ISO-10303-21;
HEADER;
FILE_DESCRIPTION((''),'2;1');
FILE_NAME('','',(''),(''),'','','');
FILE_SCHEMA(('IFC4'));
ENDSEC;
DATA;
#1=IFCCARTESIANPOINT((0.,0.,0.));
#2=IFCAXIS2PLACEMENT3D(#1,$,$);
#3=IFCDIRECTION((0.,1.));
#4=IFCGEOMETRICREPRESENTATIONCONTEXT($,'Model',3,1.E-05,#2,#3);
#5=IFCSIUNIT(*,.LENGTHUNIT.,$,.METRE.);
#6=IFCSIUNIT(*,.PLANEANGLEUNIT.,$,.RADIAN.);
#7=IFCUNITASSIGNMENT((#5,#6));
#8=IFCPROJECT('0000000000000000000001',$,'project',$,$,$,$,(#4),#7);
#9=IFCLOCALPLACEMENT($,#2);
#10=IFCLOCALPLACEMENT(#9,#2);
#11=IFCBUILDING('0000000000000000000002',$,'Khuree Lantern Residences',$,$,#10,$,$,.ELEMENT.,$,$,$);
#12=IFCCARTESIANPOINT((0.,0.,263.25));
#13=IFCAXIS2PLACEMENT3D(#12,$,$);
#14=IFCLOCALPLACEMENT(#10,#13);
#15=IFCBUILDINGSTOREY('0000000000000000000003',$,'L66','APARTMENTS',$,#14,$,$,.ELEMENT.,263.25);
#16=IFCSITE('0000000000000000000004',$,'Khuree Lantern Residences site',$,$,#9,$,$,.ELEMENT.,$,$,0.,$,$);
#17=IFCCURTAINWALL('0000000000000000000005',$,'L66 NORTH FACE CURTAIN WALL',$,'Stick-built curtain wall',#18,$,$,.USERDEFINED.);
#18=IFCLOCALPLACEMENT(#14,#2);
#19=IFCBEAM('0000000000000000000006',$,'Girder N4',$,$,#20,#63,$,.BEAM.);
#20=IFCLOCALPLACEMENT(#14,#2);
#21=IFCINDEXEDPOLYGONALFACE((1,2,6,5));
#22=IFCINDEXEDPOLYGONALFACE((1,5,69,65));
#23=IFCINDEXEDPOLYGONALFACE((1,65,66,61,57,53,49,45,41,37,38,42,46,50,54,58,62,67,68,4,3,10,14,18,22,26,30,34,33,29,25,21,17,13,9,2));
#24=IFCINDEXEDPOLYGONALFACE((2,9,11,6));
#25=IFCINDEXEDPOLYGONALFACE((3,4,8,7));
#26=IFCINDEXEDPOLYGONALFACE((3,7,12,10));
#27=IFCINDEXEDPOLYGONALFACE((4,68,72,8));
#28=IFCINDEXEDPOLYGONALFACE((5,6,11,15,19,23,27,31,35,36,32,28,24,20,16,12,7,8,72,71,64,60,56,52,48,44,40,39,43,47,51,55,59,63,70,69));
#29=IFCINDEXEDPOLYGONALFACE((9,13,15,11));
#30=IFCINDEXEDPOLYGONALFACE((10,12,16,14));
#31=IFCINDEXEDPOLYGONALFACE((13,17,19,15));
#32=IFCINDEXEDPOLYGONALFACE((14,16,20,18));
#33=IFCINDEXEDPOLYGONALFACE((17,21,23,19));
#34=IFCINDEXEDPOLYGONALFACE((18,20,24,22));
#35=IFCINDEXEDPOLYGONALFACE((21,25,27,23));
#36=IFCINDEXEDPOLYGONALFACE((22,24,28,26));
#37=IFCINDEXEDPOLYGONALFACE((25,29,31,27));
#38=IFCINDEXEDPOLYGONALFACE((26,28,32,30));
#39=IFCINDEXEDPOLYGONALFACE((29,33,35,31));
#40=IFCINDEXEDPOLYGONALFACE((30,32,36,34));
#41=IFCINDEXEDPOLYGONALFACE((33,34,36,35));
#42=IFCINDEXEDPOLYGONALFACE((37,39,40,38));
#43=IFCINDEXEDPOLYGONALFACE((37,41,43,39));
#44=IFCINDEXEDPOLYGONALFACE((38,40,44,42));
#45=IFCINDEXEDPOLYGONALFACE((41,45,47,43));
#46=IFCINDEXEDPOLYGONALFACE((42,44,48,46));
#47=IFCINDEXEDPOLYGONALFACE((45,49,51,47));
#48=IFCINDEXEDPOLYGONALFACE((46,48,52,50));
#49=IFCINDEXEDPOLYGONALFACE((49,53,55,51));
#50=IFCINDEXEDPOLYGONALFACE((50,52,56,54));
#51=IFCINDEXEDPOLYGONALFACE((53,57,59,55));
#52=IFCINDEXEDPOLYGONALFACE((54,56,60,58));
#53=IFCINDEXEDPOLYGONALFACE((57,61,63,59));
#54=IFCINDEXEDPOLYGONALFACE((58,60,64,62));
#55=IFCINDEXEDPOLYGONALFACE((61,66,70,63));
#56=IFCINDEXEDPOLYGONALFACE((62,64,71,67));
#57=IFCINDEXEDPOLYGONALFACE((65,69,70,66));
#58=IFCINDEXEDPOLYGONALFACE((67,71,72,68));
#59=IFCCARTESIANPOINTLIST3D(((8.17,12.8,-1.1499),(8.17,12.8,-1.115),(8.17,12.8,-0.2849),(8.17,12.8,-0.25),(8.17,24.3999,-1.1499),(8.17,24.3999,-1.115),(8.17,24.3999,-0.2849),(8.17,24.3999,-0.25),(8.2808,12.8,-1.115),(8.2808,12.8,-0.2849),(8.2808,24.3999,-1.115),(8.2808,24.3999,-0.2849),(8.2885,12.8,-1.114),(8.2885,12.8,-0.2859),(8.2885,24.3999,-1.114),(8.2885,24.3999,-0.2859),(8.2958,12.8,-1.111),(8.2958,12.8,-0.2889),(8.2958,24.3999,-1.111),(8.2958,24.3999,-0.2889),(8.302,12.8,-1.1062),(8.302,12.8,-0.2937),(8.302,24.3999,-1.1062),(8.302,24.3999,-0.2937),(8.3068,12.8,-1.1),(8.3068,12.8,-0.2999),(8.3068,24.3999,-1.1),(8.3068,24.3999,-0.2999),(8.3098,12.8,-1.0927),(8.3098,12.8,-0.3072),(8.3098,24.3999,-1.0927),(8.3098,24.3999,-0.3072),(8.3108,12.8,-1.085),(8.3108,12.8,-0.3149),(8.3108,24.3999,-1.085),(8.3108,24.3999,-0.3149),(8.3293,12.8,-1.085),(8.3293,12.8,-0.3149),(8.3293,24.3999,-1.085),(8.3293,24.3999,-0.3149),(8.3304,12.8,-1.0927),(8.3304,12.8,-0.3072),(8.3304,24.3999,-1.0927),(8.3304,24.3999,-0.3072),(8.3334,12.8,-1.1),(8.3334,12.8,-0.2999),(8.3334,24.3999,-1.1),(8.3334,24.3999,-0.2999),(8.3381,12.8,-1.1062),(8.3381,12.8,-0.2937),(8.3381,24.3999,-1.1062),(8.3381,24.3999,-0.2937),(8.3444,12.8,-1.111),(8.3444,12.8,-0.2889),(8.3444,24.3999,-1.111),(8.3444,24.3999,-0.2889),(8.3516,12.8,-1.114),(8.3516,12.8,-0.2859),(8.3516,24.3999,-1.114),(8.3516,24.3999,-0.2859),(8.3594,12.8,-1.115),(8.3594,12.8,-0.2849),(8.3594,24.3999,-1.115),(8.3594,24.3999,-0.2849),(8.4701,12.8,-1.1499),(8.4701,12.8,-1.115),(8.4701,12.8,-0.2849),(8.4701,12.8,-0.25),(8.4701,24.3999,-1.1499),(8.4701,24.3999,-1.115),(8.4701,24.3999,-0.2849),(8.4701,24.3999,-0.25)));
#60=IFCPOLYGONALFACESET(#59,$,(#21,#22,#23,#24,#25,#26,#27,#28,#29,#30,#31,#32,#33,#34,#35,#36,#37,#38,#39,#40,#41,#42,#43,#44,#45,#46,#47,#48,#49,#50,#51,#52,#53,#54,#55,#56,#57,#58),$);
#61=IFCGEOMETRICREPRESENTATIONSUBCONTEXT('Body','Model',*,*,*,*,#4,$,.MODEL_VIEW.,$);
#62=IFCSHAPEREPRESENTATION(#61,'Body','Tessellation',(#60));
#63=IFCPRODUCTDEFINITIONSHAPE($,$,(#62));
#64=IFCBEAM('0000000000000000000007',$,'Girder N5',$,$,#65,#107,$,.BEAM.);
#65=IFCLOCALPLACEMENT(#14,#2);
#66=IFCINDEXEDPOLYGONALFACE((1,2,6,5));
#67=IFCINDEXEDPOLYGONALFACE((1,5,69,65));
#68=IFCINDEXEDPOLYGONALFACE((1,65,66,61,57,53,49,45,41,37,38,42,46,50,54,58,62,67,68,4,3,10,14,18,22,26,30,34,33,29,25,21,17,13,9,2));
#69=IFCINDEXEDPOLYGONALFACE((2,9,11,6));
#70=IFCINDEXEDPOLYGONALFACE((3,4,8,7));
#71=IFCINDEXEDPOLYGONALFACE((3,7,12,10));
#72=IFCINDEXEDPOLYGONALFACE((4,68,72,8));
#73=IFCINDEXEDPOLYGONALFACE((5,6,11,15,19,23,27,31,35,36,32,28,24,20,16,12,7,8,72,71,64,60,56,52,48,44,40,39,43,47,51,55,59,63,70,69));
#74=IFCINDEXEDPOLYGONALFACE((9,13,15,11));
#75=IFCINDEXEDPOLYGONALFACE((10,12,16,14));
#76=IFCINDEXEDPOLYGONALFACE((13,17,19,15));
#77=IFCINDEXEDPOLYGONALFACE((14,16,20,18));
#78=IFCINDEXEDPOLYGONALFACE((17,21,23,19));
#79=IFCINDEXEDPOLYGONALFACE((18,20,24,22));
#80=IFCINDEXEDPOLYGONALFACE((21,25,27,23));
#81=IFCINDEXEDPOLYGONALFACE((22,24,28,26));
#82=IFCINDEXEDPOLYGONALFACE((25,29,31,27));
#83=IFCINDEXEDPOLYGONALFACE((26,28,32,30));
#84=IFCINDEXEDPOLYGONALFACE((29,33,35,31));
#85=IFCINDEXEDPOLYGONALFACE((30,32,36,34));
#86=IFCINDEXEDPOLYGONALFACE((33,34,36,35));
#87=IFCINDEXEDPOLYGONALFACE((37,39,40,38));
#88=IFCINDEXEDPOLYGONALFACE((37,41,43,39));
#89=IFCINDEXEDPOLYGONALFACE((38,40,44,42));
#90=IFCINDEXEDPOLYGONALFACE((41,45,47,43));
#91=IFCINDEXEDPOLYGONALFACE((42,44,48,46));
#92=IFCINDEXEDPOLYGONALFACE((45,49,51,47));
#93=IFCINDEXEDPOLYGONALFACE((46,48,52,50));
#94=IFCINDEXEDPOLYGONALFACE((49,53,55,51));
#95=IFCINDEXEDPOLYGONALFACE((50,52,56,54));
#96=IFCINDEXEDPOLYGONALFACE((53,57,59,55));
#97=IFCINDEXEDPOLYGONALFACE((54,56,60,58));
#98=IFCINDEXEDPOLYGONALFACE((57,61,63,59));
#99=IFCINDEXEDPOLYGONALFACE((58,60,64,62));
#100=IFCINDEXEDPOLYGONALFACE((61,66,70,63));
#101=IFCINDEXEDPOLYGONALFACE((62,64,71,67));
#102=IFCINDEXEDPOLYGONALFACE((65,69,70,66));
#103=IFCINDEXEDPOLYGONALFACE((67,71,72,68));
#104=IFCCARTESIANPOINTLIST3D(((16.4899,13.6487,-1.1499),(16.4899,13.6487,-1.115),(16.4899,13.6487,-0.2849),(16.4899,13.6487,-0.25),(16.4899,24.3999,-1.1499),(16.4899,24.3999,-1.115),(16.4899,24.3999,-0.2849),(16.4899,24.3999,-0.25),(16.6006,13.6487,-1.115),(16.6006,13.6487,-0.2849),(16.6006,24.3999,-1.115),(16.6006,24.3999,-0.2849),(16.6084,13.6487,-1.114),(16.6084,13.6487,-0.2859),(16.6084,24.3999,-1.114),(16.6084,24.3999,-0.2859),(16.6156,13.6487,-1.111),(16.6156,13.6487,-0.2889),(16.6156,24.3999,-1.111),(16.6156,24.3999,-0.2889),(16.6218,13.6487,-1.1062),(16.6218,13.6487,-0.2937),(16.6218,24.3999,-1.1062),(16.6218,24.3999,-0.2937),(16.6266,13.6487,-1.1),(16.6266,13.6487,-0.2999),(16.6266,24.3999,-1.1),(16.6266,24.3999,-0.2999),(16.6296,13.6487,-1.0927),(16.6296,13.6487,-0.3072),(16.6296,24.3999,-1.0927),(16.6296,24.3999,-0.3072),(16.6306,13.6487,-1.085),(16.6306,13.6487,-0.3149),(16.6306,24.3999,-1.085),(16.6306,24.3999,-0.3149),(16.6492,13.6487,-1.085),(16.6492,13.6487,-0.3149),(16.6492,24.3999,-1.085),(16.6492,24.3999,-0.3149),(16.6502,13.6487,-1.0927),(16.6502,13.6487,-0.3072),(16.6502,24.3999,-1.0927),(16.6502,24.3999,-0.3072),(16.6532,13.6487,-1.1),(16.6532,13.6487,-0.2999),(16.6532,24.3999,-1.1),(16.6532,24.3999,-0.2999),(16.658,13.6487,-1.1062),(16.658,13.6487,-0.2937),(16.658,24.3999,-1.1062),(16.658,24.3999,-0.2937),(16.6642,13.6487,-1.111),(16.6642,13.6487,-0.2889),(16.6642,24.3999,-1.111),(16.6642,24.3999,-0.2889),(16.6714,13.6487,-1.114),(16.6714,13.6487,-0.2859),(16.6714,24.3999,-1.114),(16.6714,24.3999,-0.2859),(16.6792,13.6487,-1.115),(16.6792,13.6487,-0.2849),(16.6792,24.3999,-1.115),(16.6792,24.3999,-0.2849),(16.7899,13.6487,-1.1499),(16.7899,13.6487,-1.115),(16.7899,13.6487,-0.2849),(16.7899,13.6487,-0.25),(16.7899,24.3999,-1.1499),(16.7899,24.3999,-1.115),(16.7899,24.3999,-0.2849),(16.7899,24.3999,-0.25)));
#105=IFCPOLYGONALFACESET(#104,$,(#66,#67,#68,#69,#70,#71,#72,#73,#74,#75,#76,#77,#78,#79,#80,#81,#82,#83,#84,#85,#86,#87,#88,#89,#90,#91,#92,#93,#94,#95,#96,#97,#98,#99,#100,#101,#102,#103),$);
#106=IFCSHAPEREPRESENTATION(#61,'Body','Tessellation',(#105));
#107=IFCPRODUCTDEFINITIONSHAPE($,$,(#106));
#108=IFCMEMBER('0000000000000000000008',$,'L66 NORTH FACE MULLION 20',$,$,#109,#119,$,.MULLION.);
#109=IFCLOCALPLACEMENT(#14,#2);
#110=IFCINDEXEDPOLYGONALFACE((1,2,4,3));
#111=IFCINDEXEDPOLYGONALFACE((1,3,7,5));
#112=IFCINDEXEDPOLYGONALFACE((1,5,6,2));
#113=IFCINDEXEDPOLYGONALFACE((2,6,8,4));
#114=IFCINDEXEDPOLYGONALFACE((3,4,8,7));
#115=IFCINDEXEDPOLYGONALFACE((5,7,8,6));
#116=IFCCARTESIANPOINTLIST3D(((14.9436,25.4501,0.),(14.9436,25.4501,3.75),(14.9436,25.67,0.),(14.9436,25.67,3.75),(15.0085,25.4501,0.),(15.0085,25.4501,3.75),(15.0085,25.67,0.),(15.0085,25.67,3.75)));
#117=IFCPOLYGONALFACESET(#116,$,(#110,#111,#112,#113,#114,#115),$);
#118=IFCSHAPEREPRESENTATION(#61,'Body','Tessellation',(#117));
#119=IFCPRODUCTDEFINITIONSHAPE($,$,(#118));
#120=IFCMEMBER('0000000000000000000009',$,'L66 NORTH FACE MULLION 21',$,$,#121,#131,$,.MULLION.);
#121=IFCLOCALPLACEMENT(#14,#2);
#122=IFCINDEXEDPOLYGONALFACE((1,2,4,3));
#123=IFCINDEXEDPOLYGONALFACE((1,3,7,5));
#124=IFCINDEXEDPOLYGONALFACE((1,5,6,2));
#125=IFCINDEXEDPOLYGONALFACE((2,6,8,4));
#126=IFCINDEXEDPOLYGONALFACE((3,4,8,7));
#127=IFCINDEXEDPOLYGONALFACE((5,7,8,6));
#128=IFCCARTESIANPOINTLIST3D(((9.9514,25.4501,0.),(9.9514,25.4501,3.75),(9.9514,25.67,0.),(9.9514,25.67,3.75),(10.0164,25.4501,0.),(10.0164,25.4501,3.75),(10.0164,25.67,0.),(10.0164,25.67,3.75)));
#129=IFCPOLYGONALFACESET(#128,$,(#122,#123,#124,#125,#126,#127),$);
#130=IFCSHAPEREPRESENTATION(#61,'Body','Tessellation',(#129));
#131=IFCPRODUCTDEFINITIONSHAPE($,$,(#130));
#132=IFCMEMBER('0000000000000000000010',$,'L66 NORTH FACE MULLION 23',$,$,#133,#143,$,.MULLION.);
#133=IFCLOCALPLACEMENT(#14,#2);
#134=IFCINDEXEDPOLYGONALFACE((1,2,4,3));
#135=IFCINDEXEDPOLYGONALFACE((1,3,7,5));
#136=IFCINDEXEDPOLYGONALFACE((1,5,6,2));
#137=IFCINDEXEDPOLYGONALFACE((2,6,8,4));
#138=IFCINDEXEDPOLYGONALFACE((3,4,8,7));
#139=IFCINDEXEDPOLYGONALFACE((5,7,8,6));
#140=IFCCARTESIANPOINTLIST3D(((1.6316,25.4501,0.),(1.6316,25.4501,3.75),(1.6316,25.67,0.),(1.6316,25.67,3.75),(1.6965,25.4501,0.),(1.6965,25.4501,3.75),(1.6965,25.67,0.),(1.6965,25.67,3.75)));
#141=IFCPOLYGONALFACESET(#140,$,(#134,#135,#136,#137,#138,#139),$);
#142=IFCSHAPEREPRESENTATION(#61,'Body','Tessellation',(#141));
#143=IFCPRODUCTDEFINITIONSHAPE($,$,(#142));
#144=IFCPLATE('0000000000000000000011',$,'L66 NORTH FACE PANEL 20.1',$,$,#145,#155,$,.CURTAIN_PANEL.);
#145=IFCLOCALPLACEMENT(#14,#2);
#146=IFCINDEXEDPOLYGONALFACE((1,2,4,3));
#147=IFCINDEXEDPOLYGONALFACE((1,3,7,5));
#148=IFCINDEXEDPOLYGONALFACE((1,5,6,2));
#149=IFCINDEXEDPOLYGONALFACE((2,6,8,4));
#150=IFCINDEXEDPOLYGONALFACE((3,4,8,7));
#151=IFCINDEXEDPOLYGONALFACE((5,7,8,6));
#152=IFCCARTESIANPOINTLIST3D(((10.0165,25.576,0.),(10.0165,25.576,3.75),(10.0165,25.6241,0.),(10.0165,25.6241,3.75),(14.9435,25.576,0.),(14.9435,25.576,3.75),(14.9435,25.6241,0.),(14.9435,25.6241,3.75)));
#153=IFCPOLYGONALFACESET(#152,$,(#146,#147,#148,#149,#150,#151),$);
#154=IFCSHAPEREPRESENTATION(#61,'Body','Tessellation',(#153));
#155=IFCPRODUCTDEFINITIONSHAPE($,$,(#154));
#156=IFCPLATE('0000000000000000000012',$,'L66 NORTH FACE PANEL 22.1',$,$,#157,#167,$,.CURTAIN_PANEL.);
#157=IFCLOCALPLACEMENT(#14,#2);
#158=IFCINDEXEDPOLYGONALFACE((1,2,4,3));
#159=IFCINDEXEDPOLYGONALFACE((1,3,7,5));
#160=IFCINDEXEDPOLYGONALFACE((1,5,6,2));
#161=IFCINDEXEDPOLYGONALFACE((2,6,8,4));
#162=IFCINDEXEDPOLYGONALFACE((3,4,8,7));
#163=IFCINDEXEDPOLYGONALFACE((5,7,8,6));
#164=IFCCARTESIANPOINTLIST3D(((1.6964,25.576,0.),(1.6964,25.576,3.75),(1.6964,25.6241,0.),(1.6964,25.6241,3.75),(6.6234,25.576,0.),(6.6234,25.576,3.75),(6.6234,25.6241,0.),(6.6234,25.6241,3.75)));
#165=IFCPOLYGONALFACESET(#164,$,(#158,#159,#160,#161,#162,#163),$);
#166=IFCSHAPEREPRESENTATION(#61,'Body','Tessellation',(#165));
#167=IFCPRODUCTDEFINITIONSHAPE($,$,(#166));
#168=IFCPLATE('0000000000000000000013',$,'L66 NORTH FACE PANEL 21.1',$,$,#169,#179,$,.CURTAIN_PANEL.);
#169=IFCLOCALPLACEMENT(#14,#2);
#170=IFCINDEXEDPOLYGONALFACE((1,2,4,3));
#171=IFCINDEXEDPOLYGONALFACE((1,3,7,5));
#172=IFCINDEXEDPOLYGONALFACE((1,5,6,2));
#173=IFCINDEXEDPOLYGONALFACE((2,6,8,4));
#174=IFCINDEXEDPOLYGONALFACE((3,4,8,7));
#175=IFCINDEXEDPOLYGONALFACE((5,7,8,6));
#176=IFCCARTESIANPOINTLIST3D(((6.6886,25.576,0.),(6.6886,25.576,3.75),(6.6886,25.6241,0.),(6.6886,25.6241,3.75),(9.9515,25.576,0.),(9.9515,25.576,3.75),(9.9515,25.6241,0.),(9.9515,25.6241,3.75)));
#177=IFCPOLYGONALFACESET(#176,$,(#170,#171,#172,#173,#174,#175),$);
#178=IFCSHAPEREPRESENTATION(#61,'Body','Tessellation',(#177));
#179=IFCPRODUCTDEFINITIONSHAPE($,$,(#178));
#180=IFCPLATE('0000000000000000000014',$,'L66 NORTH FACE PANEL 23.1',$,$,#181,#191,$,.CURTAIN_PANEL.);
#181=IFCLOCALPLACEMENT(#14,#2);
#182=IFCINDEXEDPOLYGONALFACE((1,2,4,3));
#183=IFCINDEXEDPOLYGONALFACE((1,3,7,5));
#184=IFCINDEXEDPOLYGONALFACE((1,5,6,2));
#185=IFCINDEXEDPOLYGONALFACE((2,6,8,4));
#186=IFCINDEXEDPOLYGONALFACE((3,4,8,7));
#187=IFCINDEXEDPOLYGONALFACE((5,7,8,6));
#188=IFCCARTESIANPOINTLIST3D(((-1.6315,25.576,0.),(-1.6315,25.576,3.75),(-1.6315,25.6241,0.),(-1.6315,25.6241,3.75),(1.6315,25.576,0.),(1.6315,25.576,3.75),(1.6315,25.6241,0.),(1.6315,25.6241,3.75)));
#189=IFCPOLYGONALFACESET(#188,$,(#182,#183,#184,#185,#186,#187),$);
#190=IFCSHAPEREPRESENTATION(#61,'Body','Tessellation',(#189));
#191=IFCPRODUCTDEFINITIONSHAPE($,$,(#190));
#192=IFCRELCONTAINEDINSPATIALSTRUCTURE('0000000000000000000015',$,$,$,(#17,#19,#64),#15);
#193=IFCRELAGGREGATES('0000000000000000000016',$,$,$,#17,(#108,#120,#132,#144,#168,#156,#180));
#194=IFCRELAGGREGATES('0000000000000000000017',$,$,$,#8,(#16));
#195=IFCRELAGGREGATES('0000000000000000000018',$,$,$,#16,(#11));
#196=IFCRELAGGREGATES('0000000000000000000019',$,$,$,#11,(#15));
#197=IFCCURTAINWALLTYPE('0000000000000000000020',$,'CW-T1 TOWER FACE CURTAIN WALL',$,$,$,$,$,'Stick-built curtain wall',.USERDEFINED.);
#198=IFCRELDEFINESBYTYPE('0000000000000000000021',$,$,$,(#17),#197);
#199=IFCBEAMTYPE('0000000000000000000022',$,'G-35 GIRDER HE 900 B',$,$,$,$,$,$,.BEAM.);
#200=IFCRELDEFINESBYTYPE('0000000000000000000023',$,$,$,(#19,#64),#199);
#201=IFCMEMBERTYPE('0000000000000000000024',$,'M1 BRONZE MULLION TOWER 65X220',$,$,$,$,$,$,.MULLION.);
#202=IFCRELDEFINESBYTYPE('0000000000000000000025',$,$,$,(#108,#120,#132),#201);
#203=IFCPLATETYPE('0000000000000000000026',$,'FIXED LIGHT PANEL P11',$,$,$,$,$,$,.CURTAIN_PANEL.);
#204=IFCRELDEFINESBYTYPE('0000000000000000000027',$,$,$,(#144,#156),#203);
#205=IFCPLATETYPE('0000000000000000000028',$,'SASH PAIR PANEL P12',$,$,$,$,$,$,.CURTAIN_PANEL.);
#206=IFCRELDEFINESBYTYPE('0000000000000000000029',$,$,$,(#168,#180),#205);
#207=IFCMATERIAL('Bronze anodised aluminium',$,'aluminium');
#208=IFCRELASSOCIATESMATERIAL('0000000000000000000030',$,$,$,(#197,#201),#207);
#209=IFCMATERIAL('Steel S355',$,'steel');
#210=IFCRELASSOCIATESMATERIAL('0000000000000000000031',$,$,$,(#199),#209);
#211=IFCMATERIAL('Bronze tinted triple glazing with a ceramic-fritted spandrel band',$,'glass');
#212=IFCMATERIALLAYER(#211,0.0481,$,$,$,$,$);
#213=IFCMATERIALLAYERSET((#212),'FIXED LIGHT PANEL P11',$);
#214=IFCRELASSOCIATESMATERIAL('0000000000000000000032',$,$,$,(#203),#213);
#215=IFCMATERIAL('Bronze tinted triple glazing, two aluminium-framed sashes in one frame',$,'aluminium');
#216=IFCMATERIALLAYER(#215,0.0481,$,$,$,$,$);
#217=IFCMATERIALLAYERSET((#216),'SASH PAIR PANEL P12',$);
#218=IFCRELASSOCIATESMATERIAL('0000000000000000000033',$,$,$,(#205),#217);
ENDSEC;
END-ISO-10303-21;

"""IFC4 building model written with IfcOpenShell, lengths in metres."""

from ifc_helpers import new_model, si_unit, direction, frame, origin, origin_2d, place, context, subcontext, project, spatial, rectangle, i_section, extrude, material, layer, layer_set, material_profile, profile_set, type_object, element, aggregate, save


model = new_model("IFC4")

# Units and contexts
model_context = context("Model", 3, precision=1e-05, world=origin(), true_north=direction((0.0, 1.0)))
body_context = subcontext(model_context, "Body", "Model", "MODEL_VIEW")
ifc_project = project(units=[si_unit("LENGTHUNIT", "METRE"), si_unit("PLANEANGLEUNIT", "RADIAN")], contexts=[model_context])

# Site, building, storey
site_placement = place(None, origin())
site = spatial("IfcSite", under=ifc_project, at=site_placement, Name="Khuree Lantern Residences site", CompositionType="ELEMENT", RefElevation=0.0)
building_placement = place(site_placement, origin())
building = spatial("IfcBuilding", under=site, at=building_placement, Name="Khuree Lantern Residences", CompositionType="ELEMENT")
storey_placement = place(building_placement, frame((0.0, 0.0, 263.25)))
storey = spatial("IfcBuildingStorey", under=building, at=storey_placement, Name="L66", Description="APARTMENTS", CompositionType="ELEMENT", Elevation=263.25)

# Shared definitions
ifc_material_1 = material(Name="Steel S355", Category="steel")

# Curtain wall
ifc_material_2 = material(Name="Bronze anodised aluminium", Category="aluminium")
curtain_wall_type = type_object("IfcCurtainWallType", Name="CW-T1 TOWER FACE CURTAIN WALL", ElementType="Stick-built curtain wall", PredefinedType="USERDEFINED", material=ifc_material_2)
curtain_wall_placement = place(storey_placement, origin())
curtain_wall = element("IfcCurtainWall", 1, at=curtain_wall_placement, inside=storey, type_object=curtain_wall_type, Name="L66 NORTH FACE CURTAIN WALL", ObjectType="Stick-built curtain wall", PredefinedType="USERDEFINED")

# Beams
ifc_material_profile_1 = material_profile(ifc_material_1, i_section(OverallWidth=0.3, OverallDepth=0.8999, WebThickness=0.0186, FlangeThickness=0.0349, FilletRadius=0.03, at=origin_2d()), Name="HE 900 B")
ifc_profile_set_1 = profile_set([ifc_material_profile_1], Name="Steel S355")
beam_type_1 = type_object("IfcBeamType", Name="G-35 GIRDER HE 900 B", PredefinedType="BEAM", material=ifc_profile_set_1)
for number, where, z_axis, x_axis, name in (
    (2, (8.3201, 24.3999, -0.7), (0.0, -1.0, 0.0), (1.0, 0.0, 0.0), "Girder N4"),
):
    element("IfcBeam", number, at=place(storey_placement, frame(where, z_axis=z_axis, x_axis=x_axis)), inside=storey, type_object=beam_type_1, Name=name, PredefinedType="BEAM", context=body_context, shape_type="SweptSolid", body=[
        extrude(i_section(OverallWidth=0.3, OverallDepth=0.8999, WebThickness=0.0186, FlangeThickness=0.0349, FilletRadius=0.03, at=origin_2d()), origin(), (0.0, 0.0, 1.0), 11.5999),
    ])
beam_1_placement = place(storey_placement, frame((16.6399, 24.3999, -0.7), z_axis=(0.0, -1.0, 0.0), x_axis=(1.0, 0.0, 0.0)))
element("IfcBeam", 3, at=beam_1_placement, inside=storey, type_object=beam_type_1, Name="Girder N5", PredefinedType="BEAM", context=body_context, shape_type="SweptSolid", body=[
    extrude(i_section(OverallWidth=0.3, OverallDepth=0.8999, WebThickness=0.0186, FlangeThickness=0.0349, FilletRadius=0.03, at=origin_2d()), origin(), (0.0, 0.0, 1.0), 10.7512),
])

# Members
ifc_material_profile_2 = material_profile(ifc_material_2, rectangle(XDim=0.0649, YDim=0.22, at=origin_2d()), Name="M1 65X220")
ifc_profile_set_2 = profile_set([ifc_material_profile_2], Name="Bronze anodised aluminium")
member_type_1 = type_object("IfcMemberType", Name="M1 BRONZE MULLION TOWER 65X220", PredefinedType="MULLION", material=ifc_profile_set_2)
member_1_placement = place(storey_placement, frame((14.9761, 25.5601, 0.0), z_axis=(0.0, 0.0, 1.0), x_axis=(-1.0, 0.0, 0.0)))
member_1 = element("IfcMember", 4, at=member_1_placement, type_object=member_type_1, Name="L66 NORTH FACE MULLION 20", PredefinedType="MULLION", context=body_context, shape_type="SweptSolid", body=[
    extrude(rectangle(XDim=0.0649, YDim=0.22, at=origin_2d()), origin(), (0.0, 0.0, 1.0), 3.75),
])
member_2_placement = place(storey_placement, frame((9.9839, 25.5601, 0.0), z_axis=(0.0, 0.0, 1.0), x_axis=(-1.0, 0.0, 0.0)))
member_2 = element("IfcMember", 5, at=member_2_placement, type_object=member_type_1, Name="L66 NORTH FACE MULLION 21", PredefinedType="MULLION", context=body_context, shape_type="SweptSolid", body=[
    extrude(rectangle(XDim=0.0649, YDim=0.22, at=origin_2d()), origin(), (0.0, 0.0, 1.0), 3.75),
])
member_3_placement = place(storey_placement, frame((1.6641, 25.5601, 0.0), z_axis=(0.0, 0.0, 1.0), x_axis=(-1.0, 0.0, 0.0)))
member_3 = element("IfcMember", 6, at=member_3_placement, type_object=member_type_1, Name="L66 NORTH FACE MULLION 23", PredefinedType="MULLION", context=body_context, shape_type="SweptSolid", body=[
    extrude(rectangle(XDim=0.0649, YDim=0.22, at=origin_2d()), origin(), (0.0, 0.0, 1.0), 3.75),
])

# Plates
ifc_material_3 = material(Name="Bronze tinted triple glazing with a ceramic-fritted spandrel band", Category="glass")
ifc_layer_1 = layer(ifc_material_3, 0.0481)
ifc_layer_set_1 = layer_set([ifc_layer_1], Name="FIXED LIGHT PANEL P11")
plate_type_1 = type_object("IfcPlateType", Name="FIXED LIGHT PANEL P11", PredefinedType="CURTAIN_PANEL", material=ifc_layer_set_1)
plate_1_placement = place(storey_placement, frame((12.48, 25.6001, 0.0), z_axis=(0.0, 0.0, 1.0), x_axis=(-1.0, 0.0, 0.0)))
plate_1 = element("IfcPlate", 7, at=plate_1_placement, type_object=plate_type_1, Name="L66 NORTH FACE PANEL 20.1", PredefinedType="CURTAIN_PANEL", context=body_context, shape_type="SweptSolid", body=[
    extrude(rectangle(XDim=4.927, YDim=0.0481, at=origin_2d()), origin(), (0.0, 0.0, 1.0), 3.75),
])
plate_2_placement = place(storey_placement, frame((4.1599, 25.6001, 0.0), z_axis=(0.0, 0.0, 1.0), x_axis=(-1.0, 0.0, 0.0)))
plate_2 = element("IfcPlate", 8, at=plate_2_placement, type_object=plate_type_1, Name="L66 NORTH FACE PANEL 22.1", PredefinedType="CURTAIN_PANEL", context=body_context, shape_type="SweptSolid", body=[
    extrude(rectangle(XDim=4.927, YDim=0.0481, at=origin_2d()), origin(), (0.0, 0.0, 1.0), 3.75),
])
ifc_material_4 = material(Name="Bronze tinted triple glazing, two aluminium-framed sashes in one frame", Category="aluminium")
ifc_layer_2 = layer(ifc_material_4, 0.0481)
ifc_layer_set_2 = layer_set([ifc_layer_2], Name="SASH PAIR PANEL P12")
plate_type_2 = type_object("IfcPlateType", Name="SASH PAIR PANEL P12", PredefinedType="CURTAIN_PANEL", material=ifc_layer_set_2)
plate_3_placement = place(storey_placement, frame((8.3201, 25.6001, 0.0), z_axis=(0.0, 0.0, 1.0), x_axis=(-1.0, 0.0, 0.0)))
plate_3 = element("IfcPlate", 9, at=plate_3_placement, type_object=plate_type_2, Name="L66 NORTH FACE PANEL 21.1", PredefinedType="CURTAIN_PANEL", context=body_context, shape_type="SweptSolid", body=[
    extrude(rectangle(XDim=3.2629, YDim=0.0481, at=origin_2d()), origin(), (0.0, 0.0, 1.0), 3.75),
])
plate_4_placement = place(storey_placement, frame((0.0, 25.6001, 0.0), z_axis=(0.0, 0.0, 1.0), x_axis=(-1.0, 0.0, 0.0)))
plate_4 = element("IfcPlate", 10, at=plate_4_placement, type_object=plate_type_2, Name="L66 NORTH FACE PANEL 23.1", PredefinedType="CURTAIN_PANEL", context=body_context, shape_type="SweptSolid", body=[
    extrude(rectangle(XDim=3.2629, YDim=0.0481, at=origin_2d()), origin(), (0.0, 0.0, 1.0), 3.75),
])
aggregate(curtain_wall, [member_1, member_2, member_3, plate_1, plate_3, plate_2, plate_4])

save(model, "model.ifc")
